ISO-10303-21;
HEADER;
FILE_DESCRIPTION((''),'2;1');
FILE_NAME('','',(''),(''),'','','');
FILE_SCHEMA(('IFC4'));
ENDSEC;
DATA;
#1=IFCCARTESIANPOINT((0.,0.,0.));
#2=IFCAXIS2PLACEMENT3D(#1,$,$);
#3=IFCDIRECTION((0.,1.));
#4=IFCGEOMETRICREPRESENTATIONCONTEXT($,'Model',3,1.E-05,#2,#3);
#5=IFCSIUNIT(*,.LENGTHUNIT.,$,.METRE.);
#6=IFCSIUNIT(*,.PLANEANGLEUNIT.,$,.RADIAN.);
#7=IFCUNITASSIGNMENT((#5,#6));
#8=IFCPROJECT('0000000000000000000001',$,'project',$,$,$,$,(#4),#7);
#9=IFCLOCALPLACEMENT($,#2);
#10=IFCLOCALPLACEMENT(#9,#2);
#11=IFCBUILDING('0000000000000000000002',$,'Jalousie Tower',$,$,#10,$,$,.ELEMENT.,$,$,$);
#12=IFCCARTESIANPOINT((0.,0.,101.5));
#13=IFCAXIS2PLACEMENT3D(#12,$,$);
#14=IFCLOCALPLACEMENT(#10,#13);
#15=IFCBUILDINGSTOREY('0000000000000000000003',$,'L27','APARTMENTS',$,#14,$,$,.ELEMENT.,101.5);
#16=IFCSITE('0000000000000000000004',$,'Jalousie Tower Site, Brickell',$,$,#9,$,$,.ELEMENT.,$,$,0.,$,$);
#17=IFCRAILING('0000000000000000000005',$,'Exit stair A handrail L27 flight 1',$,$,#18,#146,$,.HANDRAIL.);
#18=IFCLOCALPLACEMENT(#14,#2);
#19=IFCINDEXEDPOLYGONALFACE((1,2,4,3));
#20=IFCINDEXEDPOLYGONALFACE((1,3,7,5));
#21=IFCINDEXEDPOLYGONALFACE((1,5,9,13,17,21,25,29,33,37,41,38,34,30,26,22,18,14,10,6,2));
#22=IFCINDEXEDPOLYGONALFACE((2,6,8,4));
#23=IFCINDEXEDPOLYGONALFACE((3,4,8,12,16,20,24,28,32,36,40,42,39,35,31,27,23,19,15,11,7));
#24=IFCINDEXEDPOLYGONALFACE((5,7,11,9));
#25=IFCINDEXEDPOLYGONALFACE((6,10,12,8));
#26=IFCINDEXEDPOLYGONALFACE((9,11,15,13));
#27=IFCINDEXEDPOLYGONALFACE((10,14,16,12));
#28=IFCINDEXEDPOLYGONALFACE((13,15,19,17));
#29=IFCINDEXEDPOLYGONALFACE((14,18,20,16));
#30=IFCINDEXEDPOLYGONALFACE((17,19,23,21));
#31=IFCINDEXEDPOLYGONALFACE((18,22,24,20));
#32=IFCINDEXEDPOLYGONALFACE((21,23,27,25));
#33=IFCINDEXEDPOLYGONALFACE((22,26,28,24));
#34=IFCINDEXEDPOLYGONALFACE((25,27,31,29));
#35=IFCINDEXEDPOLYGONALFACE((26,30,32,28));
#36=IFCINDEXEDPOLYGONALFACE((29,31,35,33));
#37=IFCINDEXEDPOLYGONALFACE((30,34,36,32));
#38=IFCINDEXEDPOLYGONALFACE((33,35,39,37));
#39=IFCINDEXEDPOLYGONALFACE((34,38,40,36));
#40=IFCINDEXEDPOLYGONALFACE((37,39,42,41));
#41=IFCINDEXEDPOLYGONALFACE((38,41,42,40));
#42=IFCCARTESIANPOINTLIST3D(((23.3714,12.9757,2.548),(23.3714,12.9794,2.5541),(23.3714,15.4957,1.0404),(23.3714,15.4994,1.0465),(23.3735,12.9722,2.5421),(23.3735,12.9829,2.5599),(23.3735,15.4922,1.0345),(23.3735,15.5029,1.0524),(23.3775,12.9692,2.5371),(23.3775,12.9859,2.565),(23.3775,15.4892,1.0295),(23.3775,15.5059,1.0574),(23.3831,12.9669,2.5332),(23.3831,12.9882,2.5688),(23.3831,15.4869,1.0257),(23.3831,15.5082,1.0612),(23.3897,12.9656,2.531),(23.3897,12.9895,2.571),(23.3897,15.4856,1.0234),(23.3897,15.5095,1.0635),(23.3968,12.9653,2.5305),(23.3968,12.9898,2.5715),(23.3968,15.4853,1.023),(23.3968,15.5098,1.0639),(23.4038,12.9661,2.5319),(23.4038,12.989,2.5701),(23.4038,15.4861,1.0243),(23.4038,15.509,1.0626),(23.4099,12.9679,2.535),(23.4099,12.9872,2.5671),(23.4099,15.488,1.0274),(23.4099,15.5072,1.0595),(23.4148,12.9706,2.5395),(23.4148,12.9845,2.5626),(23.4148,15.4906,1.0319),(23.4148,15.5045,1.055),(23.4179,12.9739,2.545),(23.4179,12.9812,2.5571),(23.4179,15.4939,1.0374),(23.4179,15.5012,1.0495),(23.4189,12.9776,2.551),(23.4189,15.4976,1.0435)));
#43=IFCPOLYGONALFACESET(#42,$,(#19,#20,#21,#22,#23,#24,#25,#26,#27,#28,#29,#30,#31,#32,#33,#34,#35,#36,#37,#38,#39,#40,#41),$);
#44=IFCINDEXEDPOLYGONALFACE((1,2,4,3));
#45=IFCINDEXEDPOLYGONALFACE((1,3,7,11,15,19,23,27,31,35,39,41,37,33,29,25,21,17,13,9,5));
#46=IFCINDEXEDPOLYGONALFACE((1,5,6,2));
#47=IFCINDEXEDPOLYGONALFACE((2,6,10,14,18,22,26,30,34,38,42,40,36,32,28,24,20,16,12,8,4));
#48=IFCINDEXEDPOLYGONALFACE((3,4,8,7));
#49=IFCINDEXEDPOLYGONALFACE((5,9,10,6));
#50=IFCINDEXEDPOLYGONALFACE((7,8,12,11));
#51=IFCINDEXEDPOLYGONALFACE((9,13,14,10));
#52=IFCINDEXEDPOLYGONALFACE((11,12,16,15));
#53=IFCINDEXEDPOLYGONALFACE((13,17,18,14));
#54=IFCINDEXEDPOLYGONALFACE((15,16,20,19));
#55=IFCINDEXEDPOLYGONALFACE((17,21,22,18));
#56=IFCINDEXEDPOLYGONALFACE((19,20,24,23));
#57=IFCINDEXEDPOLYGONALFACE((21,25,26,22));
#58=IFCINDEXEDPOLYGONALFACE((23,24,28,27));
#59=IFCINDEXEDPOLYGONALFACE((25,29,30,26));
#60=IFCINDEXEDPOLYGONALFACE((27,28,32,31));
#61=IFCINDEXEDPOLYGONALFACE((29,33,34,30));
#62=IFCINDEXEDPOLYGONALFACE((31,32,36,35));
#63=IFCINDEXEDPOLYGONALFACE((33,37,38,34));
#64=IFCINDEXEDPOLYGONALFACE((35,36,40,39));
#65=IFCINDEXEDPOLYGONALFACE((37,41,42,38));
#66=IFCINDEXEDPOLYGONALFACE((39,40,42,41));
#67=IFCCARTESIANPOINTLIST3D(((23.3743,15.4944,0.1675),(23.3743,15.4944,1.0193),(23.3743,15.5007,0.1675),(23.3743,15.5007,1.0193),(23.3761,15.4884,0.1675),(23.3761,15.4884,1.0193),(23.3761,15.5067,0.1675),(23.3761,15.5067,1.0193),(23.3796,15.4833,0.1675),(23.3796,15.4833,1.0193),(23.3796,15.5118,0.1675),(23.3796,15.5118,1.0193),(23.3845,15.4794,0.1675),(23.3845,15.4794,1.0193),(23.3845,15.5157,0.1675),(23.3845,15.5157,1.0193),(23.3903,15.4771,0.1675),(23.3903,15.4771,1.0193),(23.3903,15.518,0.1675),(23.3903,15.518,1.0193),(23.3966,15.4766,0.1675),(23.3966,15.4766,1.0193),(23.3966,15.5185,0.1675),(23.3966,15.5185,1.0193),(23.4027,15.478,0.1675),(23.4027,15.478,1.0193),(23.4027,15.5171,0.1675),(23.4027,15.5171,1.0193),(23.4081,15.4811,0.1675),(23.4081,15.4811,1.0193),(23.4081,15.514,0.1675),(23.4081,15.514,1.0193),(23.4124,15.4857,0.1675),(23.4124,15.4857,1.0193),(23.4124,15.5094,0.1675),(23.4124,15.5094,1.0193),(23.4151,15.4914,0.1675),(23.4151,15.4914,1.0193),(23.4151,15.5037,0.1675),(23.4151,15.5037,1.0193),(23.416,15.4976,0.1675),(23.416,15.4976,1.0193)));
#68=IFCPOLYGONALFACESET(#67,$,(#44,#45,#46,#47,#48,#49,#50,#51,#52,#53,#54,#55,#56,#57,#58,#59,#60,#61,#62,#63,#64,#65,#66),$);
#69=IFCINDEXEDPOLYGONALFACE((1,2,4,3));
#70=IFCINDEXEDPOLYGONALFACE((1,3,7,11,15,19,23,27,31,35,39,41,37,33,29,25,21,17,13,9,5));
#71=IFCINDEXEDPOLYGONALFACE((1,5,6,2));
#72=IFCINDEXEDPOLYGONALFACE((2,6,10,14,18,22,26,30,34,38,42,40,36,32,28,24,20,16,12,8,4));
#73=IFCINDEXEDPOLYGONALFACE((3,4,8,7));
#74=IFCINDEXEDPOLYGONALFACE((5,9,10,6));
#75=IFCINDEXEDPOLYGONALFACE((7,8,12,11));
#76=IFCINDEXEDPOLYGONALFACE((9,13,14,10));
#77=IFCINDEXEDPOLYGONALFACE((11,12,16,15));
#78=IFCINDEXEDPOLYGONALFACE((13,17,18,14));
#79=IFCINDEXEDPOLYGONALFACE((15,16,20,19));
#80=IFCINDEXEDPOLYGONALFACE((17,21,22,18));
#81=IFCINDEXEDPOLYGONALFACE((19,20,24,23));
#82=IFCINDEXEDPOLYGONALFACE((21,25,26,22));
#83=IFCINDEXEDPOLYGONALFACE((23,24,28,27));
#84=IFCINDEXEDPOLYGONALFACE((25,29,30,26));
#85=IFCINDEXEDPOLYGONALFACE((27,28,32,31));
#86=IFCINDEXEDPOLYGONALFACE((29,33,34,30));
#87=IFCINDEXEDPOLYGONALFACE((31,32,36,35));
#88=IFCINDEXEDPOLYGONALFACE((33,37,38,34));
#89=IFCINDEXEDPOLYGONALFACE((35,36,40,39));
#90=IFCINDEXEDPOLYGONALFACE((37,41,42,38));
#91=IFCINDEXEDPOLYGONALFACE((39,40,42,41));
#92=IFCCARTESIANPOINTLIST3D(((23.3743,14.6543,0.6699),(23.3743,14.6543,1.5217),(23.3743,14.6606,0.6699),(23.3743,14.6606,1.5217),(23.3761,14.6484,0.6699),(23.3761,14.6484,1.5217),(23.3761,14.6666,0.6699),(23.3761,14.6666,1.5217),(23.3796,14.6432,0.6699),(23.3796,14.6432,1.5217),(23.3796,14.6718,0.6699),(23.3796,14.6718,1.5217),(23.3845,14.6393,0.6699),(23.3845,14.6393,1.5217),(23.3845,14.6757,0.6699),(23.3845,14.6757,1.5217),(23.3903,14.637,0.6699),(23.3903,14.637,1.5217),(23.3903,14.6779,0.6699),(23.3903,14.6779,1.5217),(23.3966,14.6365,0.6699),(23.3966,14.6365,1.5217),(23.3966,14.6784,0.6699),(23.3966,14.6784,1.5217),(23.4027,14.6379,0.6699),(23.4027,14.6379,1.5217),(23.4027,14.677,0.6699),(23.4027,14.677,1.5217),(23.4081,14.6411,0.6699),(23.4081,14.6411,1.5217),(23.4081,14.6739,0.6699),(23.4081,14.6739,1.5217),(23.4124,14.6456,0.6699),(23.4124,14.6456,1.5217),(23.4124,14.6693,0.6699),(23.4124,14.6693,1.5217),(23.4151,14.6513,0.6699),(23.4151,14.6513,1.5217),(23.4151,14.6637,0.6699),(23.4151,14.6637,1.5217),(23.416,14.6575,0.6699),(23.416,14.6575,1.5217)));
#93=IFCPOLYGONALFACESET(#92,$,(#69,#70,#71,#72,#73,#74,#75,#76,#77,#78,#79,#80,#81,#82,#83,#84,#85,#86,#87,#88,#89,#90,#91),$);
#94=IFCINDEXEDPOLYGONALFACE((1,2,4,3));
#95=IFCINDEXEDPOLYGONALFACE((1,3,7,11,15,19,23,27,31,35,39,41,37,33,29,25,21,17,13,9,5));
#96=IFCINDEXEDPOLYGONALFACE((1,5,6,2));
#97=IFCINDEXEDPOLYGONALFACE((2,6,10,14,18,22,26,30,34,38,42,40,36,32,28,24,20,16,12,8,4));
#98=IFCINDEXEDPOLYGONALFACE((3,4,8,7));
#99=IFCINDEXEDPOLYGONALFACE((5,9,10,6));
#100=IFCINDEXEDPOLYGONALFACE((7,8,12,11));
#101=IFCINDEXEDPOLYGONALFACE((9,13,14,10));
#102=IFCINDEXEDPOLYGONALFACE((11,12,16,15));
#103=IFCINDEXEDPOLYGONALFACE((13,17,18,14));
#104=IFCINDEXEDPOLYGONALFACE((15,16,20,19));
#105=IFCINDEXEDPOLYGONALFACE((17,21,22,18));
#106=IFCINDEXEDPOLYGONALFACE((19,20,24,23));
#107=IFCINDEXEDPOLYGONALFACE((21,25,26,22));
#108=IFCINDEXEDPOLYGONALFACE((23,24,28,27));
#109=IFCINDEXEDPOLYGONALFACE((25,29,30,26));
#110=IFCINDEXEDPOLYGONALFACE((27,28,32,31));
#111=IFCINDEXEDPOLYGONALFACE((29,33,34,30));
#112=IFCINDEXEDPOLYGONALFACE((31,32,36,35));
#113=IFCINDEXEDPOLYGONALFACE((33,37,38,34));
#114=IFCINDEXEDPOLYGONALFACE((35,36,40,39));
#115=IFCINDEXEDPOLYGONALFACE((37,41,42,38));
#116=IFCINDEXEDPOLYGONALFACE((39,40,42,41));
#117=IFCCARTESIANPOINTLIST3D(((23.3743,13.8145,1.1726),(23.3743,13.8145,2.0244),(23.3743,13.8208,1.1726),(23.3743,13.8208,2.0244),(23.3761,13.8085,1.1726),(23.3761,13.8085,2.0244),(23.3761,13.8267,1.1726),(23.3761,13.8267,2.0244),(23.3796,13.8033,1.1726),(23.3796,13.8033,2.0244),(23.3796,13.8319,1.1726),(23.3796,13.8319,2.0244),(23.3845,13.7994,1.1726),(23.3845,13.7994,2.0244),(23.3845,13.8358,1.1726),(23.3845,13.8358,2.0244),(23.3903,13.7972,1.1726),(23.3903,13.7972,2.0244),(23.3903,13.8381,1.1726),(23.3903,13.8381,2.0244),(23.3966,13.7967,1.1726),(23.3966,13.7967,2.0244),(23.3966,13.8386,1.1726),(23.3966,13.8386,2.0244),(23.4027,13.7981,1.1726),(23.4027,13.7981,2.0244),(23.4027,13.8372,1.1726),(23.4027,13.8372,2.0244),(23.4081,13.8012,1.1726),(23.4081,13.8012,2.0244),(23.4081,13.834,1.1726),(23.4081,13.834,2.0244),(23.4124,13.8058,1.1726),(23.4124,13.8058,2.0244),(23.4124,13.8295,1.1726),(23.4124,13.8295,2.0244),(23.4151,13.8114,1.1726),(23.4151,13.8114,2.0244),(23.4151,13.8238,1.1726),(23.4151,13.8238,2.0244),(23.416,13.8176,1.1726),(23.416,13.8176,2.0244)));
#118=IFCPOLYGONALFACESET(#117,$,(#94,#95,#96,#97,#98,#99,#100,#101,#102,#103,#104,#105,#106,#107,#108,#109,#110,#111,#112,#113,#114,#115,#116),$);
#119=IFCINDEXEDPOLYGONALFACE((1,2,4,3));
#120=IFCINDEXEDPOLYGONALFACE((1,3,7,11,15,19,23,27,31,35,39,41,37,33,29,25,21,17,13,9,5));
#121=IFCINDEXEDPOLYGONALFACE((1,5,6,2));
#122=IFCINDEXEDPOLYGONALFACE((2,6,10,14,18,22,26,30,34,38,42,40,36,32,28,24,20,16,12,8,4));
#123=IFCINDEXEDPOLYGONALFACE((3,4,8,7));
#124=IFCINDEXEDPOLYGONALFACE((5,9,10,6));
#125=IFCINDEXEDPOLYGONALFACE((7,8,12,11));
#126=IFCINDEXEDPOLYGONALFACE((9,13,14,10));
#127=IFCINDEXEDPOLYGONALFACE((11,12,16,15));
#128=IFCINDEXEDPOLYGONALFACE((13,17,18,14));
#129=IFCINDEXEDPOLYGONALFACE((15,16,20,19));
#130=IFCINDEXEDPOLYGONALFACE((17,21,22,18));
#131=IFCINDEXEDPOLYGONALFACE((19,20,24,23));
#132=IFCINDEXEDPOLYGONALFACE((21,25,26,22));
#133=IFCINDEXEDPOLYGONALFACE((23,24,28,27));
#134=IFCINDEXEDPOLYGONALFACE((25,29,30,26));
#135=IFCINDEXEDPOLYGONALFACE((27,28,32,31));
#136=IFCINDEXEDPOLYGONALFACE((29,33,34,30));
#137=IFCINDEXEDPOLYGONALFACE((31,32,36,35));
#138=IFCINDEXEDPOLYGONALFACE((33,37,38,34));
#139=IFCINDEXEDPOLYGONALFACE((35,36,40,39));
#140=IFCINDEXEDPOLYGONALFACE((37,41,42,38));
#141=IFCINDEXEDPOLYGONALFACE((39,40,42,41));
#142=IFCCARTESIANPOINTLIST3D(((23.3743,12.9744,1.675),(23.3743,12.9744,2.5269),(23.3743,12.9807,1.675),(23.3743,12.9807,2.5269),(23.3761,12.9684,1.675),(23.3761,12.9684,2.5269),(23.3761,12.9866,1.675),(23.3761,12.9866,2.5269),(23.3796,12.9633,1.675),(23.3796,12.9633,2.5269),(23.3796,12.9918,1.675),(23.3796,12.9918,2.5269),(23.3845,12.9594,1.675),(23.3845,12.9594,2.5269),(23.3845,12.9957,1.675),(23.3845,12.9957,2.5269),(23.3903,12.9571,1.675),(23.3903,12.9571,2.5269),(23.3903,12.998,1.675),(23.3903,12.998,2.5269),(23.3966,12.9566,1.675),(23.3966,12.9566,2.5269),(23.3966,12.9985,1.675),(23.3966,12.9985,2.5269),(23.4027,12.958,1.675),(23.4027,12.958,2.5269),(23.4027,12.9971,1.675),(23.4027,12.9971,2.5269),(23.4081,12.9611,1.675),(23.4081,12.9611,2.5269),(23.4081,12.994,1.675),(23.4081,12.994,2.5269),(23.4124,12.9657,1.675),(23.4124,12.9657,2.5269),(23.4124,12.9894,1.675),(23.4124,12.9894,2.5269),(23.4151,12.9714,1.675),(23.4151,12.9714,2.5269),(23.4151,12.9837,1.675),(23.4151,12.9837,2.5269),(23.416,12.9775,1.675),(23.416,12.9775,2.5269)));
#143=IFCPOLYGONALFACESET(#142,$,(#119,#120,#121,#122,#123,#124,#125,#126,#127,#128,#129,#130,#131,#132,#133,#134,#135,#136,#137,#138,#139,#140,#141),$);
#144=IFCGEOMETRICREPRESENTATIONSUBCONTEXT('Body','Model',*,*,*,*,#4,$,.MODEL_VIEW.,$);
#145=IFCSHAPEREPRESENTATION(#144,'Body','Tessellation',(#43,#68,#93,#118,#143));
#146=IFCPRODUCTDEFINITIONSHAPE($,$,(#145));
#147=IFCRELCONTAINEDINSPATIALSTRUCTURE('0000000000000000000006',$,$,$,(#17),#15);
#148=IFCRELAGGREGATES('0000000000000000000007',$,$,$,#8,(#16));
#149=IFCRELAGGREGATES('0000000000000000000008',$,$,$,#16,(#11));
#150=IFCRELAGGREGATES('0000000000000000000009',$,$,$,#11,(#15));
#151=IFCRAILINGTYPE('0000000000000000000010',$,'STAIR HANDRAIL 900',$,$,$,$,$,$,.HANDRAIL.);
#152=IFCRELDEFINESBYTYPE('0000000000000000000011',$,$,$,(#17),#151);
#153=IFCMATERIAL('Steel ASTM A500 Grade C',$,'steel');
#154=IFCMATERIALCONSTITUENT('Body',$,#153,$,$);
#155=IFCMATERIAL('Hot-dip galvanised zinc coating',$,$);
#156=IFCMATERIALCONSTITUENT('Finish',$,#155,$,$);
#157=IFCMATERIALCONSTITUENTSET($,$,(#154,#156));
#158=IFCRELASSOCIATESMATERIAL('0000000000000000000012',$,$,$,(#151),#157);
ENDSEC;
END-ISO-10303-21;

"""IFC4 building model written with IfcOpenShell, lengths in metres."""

from ifc_helpers import new_model, si_unit, direction, frame, origin, origin_2d, place, context, subcontext, project, spatial, circle, extrude, material, constituent, constituent_set, type_object, element, save


model = new_model("IFC4")

# Units and contexts
model_context = context("Model", 3, precision=1e-05, world=origin(), true_north=direction((0.0, 1.0)))
body_context = subcontext(model_context, "Body", "Model", "MODEL_VIEW")
ifc_project = project(units=[si_unit("LENGTHUNIT", "METRE"), si_unit("PLANEANGLEUNIT", "RADIAN")], contexts=[model_context])

# Site, building, storey
site_placement = place(None, origin())
site = spatial("IfcSite", under=ifc_project, at=site_placement, Name="Jalousie Tower Site, Brickell", CompositionType="ELEMENT", RefElevation=0.0)
building_placement = place(site_placement, origin())
building = spatial("IfcBuilding", under=site, at=building_placement, Name="Jalousie Tower", CompositionType="ELEMENT")
storey_placement = place(building_placement, frame((0.0, 0.0, 101.5)))
storey = spatial("IfcBuildingStorey", under=building, at=storey_placement, Name="L27", Description="APARTMENTS", CompositionType="ELEMENT", Elevation=101.5)

# Railing
ifc_material_1 = material(Name="Steel ASTM A500 Grade C", Category="steel")
ifc_constituent_1 = constituent(ifc_material_1, Name="Body")
ifc_material_2 = material(Name="Hot-dip galvanised zinc coating")
ifc_constituent_2 = constituent(ifc_material_2, Name="Finish")
ifc_constituent_set_1 = constituent_set(constituents=[ifc_constituent_1, ifc_constituent_2])
railing_type_1 = type_object("IfcRailingType", Name="STAIR HANDRAIL 900", PredefinedType="HANDRAIL", material=ifc_constituent_set_1)
railing_1_placement = place(storey_placement, frame((23.395, 15.4976, 0.1675)))
element("IfcRailing", 1, at=railing_1_placement, inside=storey, type_object=railing_type_1, Name="Exit stair A handrail L27 flight 1", PredefinedType="HANDRAIL", context=body_context, shape_type="SweptSolid", body=[
    extrude(circle(Radius=0.0239, at=origin_2d()), frame((0.0, 0.0, 0.876), z_axis=(0.0, -0.85816, 0.513383), x_axis=(1.0, 0.0, 0.0)), (0.0, 0.0, 1.0), 2.9365),
    extrude(circle(Radius=0.021, at=origin_2d()), origin(), (0.0, 0.0, 1.0), 0.8518),
    extrude(circle(Radius=0.021, at=origin_2d()), frame((0.0, -0.8401, 0.5024)), (0.0, 0.0, 1.0), 0.8518),
    extrude(circle(Radius=0.021, at=origin_2d()), frame((0.0, -1.6799, 1.0051)), (0.0, 0.0, 1.0), 0.8518),
    extrude(circle(Radius=0.021, at=origin_2d()), frame((0.0, -2.52, 1.5076)), (0.0, 0.0, 1.0), 0.8518),
])

save(model, "model.ifc")
